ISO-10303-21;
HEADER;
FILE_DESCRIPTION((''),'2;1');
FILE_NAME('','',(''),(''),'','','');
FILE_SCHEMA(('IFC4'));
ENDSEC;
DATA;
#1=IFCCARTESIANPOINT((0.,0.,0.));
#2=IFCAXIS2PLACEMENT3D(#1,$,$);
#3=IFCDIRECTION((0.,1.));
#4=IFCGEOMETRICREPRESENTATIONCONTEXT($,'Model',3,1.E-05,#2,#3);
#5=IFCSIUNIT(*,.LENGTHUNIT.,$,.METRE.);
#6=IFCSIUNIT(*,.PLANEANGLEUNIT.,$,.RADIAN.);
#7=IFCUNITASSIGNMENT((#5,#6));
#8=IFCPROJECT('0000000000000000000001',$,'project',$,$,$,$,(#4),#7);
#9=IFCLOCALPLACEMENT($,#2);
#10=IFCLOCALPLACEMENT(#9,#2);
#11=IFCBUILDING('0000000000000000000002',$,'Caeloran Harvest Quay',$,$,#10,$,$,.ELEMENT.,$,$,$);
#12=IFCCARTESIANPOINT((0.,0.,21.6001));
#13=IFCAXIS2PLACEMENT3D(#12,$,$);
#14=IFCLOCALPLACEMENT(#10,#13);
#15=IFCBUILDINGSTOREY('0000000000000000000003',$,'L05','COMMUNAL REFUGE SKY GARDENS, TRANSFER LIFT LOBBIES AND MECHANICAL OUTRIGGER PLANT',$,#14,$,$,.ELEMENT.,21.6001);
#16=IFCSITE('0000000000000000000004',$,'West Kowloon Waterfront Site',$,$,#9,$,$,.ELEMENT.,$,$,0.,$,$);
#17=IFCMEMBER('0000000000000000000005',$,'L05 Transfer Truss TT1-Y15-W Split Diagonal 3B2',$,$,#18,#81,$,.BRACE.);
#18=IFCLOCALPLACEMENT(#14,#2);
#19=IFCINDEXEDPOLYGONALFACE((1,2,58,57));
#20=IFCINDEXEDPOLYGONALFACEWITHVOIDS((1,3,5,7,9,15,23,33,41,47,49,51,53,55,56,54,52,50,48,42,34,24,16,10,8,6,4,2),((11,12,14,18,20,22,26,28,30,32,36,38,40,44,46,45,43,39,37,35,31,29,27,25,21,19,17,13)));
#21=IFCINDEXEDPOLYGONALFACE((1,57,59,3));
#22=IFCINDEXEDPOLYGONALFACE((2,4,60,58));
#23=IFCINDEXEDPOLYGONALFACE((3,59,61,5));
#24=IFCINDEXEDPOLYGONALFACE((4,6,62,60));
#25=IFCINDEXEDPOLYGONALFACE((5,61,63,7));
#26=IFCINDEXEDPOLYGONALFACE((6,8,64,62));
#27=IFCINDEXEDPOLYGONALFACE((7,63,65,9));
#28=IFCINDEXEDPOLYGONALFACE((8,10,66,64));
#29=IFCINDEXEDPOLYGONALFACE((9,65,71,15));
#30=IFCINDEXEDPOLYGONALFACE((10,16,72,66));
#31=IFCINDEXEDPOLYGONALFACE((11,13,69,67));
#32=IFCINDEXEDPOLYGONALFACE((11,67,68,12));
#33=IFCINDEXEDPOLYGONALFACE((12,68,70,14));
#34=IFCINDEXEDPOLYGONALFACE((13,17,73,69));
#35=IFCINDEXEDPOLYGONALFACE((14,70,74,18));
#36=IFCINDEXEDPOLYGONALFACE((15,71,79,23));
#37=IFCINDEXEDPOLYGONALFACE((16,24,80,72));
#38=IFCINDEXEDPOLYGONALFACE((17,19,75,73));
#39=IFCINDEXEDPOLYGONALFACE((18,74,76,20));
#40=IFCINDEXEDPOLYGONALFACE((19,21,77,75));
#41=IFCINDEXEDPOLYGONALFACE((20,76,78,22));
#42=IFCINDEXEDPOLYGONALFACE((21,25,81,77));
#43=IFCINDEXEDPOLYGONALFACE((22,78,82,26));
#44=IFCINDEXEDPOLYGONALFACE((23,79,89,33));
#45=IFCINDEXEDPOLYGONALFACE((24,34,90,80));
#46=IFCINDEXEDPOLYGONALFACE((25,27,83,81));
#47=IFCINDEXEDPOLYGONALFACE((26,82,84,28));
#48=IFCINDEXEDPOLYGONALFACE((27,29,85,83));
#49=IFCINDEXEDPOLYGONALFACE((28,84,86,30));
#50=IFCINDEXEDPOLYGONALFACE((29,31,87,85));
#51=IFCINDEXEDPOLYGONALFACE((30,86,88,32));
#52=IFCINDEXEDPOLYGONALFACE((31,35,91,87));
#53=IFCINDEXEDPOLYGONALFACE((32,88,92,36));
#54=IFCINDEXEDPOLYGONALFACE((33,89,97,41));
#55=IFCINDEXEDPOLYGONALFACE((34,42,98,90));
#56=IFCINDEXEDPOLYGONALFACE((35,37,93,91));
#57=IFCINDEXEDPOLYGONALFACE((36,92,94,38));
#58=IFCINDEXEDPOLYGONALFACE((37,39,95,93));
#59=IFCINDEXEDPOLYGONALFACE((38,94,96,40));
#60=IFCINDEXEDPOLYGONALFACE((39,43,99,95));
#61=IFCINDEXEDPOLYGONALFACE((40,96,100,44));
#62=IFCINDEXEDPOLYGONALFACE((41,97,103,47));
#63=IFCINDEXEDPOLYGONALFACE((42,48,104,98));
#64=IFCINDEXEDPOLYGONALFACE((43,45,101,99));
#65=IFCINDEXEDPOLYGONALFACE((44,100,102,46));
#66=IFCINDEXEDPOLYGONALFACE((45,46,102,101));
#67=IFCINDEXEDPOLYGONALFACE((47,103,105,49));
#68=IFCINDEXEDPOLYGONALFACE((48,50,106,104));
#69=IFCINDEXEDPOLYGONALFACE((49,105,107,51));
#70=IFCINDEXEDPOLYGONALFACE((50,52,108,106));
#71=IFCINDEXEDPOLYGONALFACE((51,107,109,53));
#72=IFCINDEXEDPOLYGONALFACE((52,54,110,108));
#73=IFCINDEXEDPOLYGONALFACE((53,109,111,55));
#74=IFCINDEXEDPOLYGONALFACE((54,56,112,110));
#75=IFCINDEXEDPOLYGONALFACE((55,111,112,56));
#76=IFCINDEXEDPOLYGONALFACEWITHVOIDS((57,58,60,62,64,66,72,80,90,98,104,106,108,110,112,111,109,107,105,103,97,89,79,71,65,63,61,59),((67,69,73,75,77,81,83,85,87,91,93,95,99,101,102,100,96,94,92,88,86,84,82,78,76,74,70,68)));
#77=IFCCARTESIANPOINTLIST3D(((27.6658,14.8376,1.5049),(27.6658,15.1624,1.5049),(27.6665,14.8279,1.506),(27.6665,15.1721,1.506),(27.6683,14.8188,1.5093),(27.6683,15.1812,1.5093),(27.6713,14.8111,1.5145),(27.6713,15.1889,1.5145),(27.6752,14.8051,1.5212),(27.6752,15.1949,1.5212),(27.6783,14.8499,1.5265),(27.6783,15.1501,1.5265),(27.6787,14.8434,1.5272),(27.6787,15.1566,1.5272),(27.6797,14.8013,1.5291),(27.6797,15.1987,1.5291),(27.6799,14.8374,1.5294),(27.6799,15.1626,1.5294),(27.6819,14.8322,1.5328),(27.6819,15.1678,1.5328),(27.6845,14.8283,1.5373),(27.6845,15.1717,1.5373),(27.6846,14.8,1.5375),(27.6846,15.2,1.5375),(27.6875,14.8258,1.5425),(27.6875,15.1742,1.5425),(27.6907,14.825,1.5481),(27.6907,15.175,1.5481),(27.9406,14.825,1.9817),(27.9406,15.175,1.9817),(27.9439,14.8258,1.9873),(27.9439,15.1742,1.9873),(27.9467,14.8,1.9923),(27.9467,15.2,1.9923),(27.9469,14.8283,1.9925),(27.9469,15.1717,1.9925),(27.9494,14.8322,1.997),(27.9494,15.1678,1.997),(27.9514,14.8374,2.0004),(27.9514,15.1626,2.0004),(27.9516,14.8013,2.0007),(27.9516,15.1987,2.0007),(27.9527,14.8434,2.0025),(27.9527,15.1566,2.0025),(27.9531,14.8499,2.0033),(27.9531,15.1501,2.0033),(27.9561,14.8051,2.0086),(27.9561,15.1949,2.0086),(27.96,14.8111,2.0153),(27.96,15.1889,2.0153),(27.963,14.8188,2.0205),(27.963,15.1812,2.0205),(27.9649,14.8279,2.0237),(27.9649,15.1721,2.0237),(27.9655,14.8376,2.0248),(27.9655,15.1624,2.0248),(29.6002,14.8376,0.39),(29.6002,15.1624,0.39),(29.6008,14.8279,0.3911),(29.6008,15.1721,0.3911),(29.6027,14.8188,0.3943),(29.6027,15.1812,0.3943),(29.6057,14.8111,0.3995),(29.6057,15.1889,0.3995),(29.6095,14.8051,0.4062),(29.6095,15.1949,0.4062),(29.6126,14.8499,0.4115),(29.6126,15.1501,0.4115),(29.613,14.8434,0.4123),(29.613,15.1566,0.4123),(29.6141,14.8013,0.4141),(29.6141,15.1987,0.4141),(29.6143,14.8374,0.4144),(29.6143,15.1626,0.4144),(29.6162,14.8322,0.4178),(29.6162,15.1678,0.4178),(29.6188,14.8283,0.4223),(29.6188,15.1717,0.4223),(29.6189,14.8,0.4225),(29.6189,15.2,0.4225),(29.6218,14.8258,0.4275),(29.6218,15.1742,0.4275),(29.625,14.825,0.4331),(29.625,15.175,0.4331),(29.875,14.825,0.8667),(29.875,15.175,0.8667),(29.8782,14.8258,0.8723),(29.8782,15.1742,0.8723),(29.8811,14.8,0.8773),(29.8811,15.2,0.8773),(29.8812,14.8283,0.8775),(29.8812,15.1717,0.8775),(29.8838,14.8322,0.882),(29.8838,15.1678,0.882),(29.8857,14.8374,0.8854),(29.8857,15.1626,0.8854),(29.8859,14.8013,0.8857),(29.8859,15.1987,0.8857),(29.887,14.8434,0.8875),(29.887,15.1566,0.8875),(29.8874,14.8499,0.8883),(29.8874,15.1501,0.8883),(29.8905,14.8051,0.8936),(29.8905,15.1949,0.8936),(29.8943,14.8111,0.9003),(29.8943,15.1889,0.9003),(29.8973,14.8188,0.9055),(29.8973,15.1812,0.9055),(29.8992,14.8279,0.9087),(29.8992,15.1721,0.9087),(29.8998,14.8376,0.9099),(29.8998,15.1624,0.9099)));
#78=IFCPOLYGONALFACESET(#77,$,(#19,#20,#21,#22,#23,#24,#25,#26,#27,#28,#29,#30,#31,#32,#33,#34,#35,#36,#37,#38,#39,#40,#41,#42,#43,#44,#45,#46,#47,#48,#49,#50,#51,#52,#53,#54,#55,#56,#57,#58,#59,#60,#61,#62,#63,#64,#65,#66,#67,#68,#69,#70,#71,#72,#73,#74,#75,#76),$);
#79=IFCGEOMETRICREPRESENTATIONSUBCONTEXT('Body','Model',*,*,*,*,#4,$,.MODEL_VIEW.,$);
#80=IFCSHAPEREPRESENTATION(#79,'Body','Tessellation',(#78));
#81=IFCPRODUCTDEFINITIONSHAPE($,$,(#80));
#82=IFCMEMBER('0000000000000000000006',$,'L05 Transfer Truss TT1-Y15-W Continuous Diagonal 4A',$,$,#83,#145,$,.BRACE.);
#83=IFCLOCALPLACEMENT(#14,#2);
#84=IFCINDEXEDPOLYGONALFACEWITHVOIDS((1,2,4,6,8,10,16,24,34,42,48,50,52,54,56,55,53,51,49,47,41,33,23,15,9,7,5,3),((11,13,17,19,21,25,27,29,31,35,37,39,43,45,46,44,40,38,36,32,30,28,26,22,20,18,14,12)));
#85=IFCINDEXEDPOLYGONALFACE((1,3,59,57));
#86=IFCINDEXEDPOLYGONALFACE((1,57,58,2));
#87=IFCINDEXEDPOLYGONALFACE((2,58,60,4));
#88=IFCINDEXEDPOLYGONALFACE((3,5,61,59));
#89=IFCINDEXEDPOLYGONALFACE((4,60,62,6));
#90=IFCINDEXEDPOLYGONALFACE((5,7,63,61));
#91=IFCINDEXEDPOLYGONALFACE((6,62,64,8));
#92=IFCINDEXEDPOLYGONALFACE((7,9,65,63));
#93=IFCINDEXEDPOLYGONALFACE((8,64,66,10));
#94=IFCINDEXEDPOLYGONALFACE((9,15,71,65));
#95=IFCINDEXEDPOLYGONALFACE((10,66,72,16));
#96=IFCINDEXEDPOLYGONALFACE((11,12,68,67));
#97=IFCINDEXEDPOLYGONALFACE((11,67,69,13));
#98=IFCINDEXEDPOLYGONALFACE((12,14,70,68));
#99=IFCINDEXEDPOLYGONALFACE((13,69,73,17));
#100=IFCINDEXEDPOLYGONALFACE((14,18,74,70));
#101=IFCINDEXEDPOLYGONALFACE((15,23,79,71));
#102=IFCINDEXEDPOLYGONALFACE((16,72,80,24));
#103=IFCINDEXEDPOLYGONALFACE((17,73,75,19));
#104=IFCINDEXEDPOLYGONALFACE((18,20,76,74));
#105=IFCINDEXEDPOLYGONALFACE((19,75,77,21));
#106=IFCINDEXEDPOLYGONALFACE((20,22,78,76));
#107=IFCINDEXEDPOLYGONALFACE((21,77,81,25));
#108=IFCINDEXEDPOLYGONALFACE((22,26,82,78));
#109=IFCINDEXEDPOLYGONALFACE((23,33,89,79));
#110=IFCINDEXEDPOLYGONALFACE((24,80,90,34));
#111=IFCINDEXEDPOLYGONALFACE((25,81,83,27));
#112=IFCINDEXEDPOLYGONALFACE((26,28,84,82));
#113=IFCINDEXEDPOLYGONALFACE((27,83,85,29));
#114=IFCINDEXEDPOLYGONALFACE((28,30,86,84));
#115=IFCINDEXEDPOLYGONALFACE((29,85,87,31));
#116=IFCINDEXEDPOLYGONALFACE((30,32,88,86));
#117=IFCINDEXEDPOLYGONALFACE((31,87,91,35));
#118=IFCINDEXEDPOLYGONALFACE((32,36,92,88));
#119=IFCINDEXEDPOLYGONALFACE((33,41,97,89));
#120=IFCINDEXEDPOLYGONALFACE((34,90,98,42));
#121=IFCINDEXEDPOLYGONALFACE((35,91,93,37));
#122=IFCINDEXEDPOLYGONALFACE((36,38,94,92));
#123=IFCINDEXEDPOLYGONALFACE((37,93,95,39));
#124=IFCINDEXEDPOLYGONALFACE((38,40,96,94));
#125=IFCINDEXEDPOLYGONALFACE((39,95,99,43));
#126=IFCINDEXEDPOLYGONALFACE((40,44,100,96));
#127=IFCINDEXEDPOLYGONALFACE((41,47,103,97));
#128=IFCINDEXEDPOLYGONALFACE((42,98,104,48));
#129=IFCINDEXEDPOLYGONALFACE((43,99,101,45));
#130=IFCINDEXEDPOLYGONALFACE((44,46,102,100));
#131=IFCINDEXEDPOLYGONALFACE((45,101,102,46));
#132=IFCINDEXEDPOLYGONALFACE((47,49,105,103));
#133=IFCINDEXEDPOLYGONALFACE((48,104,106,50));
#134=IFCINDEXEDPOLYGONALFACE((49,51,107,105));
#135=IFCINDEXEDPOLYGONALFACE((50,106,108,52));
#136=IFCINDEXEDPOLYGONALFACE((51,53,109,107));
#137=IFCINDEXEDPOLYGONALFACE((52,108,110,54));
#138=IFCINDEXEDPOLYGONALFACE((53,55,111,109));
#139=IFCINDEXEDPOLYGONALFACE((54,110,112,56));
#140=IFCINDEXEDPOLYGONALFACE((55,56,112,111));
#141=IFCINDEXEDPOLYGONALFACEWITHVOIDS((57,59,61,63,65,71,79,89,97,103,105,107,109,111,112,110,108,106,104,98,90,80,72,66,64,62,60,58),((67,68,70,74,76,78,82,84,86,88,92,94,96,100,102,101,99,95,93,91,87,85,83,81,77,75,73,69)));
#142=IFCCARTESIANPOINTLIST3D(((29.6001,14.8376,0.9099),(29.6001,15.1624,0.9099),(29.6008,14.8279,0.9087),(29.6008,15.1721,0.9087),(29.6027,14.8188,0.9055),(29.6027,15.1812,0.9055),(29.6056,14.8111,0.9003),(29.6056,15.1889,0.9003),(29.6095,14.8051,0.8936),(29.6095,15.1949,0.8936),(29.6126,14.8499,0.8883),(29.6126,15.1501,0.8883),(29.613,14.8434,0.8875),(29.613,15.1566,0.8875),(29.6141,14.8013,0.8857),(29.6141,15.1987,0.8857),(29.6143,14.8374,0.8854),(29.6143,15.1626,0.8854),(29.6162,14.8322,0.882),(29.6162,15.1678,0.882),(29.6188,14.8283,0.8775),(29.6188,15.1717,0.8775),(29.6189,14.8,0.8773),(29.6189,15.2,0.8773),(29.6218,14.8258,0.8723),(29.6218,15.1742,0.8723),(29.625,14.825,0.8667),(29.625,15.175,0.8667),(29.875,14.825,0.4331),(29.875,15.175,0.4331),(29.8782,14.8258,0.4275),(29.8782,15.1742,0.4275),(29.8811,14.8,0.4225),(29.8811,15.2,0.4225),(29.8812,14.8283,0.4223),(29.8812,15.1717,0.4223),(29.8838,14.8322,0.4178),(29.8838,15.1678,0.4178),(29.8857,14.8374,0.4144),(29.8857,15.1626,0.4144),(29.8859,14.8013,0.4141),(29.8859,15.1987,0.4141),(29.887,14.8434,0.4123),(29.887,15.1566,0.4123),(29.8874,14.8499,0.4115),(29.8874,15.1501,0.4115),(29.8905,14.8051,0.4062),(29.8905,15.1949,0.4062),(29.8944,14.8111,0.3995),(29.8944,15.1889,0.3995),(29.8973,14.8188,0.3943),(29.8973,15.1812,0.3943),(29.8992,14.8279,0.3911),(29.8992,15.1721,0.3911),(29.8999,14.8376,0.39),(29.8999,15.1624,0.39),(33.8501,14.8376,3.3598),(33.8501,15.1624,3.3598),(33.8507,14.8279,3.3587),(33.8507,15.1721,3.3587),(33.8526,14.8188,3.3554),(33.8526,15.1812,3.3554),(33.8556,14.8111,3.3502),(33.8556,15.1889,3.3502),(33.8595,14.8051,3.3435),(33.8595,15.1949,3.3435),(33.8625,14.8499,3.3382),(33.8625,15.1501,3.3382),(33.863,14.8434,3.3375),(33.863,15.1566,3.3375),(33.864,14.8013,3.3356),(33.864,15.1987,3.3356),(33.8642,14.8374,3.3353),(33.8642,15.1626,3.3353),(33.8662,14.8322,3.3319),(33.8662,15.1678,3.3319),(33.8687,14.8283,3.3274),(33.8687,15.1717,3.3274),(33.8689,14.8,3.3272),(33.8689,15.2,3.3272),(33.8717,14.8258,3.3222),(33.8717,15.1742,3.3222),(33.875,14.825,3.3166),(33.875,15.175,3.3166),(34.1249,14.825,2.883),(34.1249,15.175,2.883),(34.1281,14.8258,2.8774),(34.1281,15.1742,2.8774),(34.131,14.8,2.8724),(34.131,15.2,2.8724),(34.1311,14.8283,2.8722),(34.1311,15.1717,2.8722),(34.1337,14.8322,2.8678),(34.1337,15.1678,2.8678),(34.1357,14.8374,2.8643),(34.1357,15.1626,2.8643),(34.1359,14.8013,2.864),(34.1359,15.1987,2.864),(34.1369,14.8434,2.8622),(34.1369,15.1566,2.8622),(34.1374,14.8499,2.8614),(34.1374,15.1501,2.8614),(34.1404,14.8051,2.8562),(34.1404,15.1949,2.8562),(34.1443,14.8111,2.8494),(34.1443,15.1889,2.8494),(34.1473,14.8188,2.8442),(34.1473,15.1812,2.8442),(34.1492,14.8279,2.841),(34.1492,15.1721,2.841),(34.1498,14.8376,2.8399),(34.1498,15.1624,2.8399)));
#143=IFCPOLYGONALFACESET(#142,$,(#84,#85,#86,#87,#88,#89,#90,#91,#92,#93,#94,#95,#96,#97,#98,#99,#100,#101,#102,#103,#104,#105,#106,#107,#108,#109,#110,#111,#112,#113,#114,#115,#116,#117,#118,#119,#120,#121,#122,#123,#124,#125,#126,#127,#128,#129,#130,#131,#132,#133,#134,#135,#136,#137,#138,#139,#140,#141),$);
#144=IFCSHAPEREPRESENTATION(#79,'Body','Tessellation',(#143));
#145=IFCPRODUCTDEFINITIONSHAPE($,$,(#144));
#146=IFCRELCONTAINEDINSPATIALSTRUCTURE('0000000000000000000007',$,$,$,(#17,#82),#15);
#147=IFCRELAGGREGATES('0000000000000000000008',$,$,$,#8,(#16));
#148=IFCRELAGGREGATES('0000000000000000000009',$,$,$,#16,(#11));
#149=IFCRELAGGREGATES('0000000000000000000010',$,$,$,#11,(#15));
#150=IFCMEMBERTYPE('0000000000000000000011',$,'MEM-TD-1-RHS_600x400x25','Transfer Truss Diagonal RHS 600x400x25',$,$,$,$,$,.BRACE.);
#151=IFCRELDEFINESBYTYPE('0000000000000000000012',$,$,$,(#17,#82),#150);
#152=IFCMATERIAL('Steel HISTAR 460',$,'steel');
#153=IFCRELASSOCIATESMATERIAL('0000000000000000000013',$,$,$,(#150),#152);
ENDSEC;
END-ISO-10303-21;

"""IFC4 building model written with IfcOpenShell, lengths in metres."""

from ifc_helpers import new_model, si_unit, direction, frame, origin, origin_2d, place, context, subcontext, project, spatial, hollow_rectangle, extrude, material, material_profile, profile_set, type_object, element, save


model = new_model("IFC4")

# Units and contexts
model_context = context("Model", 3, precision=1e-05, world=origin(), true_north=direction((0.0, 1.0)))
body_context = subcontext(model_context, "Body", "Model", "MODEL_VIEW")
ifc_project = project(units=[si_unit("LENGTHUNIT", "METRE"), si_unit("PLANEANGLEUNIT", "RADIAN")], contexts=[model_context])

# Site, building, storey
site_placement = place(None, origin())
site = spatial("IfcSite", under=ifc_project, at=site_placement, Name="West Kowloon Waterfront Site", CompositionType="ELEMENT", RefElevation=0.0)
building_placement = place(site_placement, origin())
building = spatial("IfcBuilding", under=site, at=building_placement, Name="Caeloran Harvest Quay", CompositionType="ELEMENT")
storey_placement = place(building_placement, frame((0.0, 0.0, 21.6001)))
storey = spatial("IfcBuildingStorey", under=building, at=storey_placement, Name="L05", Description="COMMUNAL REFUGE SKY GARDENS, TRANSFER LIFT LOBBIES AND MECHANICAL OUTRIGGER PLANT", CompositionType="ELEMENT", Elevation=21.6001)

# Shared definitions
ifc_material_1 = material(Name="Steel HISTAR 460", Category="steel")

# Members
ifc_material_profile_1 = material_profile(ifc_material_1, hollow_rectangle(XDim=0.3999, YDim=0.6001, WallThickness=0.0249, InnerFilletRadius=0.0249, OuterFilletRadius=0.0376, at=origin_2d()), Name="RHS 600x400x25")
ifc_profile_set_1 = profile_set([ifc_material_profile_1], Name="Steel HISTAR 460")
member_type_1 = type_object("IfcMemberType", Name="MEM-TD-1-RHS_600x400x25", Description="Transfer Truss Diagonal RHS 600x400x25", PredefinedType="BRACE", material=ifc_profile_set_1)
for number, where, z_axis, x_axis, name in (
    (1, (27.8157, 15.0, 1.7649), (0.866373, 0.0, -0.499397), (0.0, 1.0, 0.0), "L05 Transfer Truss TT1-Y15-W Split Diagonal 3B2"),
):
    element("IfcMember", number, at=place(storey_placement, frame(where, z_axis=z_axis, x_axis=x_axis)), inside=storey, type_object=member_type_1, Name=name, PredefinedType="BRACE", context=body_context, shape_type="SweptSolid", body=[
        extrude(hollow_rectangle(XDim=0.3999, YDim=0.6001, WallThickness=0.0249, InnerFilletRadius=0.0249, OuterFilletRadius=0.0376, at=origin_2d()), origin(), (0.0, 0.0, 1.0), 2.2327),
    ])
member_1_placement = place(storey_placement, frame((29.75, 15.0, 0.6499), z_axis=(0.86636, 0.0, 0.499421), x_axis=(0.0, 1.0, 0.0)))
element("IfcMember", 2, at=member_1_placement, inside=storey, type_object=member_type_1, Name="L05 Transfer Truss TT1-Y15-W Continuous Diagonal 4A", PredefinedType="BRACE", context=body_context, shape_type="SweptSolid", body=[
    extrude(hollow_rectangle(XDim=0.3999, YDim=0.6001, WallThickness=0.0249, InnerFilletRadius=0.0249, OuterFilletRadius=0.0376, at=origin_2d()), origin(), (0.0, 0.0, 1.0), 4.9055),
])

save(model, "model.ifc")
